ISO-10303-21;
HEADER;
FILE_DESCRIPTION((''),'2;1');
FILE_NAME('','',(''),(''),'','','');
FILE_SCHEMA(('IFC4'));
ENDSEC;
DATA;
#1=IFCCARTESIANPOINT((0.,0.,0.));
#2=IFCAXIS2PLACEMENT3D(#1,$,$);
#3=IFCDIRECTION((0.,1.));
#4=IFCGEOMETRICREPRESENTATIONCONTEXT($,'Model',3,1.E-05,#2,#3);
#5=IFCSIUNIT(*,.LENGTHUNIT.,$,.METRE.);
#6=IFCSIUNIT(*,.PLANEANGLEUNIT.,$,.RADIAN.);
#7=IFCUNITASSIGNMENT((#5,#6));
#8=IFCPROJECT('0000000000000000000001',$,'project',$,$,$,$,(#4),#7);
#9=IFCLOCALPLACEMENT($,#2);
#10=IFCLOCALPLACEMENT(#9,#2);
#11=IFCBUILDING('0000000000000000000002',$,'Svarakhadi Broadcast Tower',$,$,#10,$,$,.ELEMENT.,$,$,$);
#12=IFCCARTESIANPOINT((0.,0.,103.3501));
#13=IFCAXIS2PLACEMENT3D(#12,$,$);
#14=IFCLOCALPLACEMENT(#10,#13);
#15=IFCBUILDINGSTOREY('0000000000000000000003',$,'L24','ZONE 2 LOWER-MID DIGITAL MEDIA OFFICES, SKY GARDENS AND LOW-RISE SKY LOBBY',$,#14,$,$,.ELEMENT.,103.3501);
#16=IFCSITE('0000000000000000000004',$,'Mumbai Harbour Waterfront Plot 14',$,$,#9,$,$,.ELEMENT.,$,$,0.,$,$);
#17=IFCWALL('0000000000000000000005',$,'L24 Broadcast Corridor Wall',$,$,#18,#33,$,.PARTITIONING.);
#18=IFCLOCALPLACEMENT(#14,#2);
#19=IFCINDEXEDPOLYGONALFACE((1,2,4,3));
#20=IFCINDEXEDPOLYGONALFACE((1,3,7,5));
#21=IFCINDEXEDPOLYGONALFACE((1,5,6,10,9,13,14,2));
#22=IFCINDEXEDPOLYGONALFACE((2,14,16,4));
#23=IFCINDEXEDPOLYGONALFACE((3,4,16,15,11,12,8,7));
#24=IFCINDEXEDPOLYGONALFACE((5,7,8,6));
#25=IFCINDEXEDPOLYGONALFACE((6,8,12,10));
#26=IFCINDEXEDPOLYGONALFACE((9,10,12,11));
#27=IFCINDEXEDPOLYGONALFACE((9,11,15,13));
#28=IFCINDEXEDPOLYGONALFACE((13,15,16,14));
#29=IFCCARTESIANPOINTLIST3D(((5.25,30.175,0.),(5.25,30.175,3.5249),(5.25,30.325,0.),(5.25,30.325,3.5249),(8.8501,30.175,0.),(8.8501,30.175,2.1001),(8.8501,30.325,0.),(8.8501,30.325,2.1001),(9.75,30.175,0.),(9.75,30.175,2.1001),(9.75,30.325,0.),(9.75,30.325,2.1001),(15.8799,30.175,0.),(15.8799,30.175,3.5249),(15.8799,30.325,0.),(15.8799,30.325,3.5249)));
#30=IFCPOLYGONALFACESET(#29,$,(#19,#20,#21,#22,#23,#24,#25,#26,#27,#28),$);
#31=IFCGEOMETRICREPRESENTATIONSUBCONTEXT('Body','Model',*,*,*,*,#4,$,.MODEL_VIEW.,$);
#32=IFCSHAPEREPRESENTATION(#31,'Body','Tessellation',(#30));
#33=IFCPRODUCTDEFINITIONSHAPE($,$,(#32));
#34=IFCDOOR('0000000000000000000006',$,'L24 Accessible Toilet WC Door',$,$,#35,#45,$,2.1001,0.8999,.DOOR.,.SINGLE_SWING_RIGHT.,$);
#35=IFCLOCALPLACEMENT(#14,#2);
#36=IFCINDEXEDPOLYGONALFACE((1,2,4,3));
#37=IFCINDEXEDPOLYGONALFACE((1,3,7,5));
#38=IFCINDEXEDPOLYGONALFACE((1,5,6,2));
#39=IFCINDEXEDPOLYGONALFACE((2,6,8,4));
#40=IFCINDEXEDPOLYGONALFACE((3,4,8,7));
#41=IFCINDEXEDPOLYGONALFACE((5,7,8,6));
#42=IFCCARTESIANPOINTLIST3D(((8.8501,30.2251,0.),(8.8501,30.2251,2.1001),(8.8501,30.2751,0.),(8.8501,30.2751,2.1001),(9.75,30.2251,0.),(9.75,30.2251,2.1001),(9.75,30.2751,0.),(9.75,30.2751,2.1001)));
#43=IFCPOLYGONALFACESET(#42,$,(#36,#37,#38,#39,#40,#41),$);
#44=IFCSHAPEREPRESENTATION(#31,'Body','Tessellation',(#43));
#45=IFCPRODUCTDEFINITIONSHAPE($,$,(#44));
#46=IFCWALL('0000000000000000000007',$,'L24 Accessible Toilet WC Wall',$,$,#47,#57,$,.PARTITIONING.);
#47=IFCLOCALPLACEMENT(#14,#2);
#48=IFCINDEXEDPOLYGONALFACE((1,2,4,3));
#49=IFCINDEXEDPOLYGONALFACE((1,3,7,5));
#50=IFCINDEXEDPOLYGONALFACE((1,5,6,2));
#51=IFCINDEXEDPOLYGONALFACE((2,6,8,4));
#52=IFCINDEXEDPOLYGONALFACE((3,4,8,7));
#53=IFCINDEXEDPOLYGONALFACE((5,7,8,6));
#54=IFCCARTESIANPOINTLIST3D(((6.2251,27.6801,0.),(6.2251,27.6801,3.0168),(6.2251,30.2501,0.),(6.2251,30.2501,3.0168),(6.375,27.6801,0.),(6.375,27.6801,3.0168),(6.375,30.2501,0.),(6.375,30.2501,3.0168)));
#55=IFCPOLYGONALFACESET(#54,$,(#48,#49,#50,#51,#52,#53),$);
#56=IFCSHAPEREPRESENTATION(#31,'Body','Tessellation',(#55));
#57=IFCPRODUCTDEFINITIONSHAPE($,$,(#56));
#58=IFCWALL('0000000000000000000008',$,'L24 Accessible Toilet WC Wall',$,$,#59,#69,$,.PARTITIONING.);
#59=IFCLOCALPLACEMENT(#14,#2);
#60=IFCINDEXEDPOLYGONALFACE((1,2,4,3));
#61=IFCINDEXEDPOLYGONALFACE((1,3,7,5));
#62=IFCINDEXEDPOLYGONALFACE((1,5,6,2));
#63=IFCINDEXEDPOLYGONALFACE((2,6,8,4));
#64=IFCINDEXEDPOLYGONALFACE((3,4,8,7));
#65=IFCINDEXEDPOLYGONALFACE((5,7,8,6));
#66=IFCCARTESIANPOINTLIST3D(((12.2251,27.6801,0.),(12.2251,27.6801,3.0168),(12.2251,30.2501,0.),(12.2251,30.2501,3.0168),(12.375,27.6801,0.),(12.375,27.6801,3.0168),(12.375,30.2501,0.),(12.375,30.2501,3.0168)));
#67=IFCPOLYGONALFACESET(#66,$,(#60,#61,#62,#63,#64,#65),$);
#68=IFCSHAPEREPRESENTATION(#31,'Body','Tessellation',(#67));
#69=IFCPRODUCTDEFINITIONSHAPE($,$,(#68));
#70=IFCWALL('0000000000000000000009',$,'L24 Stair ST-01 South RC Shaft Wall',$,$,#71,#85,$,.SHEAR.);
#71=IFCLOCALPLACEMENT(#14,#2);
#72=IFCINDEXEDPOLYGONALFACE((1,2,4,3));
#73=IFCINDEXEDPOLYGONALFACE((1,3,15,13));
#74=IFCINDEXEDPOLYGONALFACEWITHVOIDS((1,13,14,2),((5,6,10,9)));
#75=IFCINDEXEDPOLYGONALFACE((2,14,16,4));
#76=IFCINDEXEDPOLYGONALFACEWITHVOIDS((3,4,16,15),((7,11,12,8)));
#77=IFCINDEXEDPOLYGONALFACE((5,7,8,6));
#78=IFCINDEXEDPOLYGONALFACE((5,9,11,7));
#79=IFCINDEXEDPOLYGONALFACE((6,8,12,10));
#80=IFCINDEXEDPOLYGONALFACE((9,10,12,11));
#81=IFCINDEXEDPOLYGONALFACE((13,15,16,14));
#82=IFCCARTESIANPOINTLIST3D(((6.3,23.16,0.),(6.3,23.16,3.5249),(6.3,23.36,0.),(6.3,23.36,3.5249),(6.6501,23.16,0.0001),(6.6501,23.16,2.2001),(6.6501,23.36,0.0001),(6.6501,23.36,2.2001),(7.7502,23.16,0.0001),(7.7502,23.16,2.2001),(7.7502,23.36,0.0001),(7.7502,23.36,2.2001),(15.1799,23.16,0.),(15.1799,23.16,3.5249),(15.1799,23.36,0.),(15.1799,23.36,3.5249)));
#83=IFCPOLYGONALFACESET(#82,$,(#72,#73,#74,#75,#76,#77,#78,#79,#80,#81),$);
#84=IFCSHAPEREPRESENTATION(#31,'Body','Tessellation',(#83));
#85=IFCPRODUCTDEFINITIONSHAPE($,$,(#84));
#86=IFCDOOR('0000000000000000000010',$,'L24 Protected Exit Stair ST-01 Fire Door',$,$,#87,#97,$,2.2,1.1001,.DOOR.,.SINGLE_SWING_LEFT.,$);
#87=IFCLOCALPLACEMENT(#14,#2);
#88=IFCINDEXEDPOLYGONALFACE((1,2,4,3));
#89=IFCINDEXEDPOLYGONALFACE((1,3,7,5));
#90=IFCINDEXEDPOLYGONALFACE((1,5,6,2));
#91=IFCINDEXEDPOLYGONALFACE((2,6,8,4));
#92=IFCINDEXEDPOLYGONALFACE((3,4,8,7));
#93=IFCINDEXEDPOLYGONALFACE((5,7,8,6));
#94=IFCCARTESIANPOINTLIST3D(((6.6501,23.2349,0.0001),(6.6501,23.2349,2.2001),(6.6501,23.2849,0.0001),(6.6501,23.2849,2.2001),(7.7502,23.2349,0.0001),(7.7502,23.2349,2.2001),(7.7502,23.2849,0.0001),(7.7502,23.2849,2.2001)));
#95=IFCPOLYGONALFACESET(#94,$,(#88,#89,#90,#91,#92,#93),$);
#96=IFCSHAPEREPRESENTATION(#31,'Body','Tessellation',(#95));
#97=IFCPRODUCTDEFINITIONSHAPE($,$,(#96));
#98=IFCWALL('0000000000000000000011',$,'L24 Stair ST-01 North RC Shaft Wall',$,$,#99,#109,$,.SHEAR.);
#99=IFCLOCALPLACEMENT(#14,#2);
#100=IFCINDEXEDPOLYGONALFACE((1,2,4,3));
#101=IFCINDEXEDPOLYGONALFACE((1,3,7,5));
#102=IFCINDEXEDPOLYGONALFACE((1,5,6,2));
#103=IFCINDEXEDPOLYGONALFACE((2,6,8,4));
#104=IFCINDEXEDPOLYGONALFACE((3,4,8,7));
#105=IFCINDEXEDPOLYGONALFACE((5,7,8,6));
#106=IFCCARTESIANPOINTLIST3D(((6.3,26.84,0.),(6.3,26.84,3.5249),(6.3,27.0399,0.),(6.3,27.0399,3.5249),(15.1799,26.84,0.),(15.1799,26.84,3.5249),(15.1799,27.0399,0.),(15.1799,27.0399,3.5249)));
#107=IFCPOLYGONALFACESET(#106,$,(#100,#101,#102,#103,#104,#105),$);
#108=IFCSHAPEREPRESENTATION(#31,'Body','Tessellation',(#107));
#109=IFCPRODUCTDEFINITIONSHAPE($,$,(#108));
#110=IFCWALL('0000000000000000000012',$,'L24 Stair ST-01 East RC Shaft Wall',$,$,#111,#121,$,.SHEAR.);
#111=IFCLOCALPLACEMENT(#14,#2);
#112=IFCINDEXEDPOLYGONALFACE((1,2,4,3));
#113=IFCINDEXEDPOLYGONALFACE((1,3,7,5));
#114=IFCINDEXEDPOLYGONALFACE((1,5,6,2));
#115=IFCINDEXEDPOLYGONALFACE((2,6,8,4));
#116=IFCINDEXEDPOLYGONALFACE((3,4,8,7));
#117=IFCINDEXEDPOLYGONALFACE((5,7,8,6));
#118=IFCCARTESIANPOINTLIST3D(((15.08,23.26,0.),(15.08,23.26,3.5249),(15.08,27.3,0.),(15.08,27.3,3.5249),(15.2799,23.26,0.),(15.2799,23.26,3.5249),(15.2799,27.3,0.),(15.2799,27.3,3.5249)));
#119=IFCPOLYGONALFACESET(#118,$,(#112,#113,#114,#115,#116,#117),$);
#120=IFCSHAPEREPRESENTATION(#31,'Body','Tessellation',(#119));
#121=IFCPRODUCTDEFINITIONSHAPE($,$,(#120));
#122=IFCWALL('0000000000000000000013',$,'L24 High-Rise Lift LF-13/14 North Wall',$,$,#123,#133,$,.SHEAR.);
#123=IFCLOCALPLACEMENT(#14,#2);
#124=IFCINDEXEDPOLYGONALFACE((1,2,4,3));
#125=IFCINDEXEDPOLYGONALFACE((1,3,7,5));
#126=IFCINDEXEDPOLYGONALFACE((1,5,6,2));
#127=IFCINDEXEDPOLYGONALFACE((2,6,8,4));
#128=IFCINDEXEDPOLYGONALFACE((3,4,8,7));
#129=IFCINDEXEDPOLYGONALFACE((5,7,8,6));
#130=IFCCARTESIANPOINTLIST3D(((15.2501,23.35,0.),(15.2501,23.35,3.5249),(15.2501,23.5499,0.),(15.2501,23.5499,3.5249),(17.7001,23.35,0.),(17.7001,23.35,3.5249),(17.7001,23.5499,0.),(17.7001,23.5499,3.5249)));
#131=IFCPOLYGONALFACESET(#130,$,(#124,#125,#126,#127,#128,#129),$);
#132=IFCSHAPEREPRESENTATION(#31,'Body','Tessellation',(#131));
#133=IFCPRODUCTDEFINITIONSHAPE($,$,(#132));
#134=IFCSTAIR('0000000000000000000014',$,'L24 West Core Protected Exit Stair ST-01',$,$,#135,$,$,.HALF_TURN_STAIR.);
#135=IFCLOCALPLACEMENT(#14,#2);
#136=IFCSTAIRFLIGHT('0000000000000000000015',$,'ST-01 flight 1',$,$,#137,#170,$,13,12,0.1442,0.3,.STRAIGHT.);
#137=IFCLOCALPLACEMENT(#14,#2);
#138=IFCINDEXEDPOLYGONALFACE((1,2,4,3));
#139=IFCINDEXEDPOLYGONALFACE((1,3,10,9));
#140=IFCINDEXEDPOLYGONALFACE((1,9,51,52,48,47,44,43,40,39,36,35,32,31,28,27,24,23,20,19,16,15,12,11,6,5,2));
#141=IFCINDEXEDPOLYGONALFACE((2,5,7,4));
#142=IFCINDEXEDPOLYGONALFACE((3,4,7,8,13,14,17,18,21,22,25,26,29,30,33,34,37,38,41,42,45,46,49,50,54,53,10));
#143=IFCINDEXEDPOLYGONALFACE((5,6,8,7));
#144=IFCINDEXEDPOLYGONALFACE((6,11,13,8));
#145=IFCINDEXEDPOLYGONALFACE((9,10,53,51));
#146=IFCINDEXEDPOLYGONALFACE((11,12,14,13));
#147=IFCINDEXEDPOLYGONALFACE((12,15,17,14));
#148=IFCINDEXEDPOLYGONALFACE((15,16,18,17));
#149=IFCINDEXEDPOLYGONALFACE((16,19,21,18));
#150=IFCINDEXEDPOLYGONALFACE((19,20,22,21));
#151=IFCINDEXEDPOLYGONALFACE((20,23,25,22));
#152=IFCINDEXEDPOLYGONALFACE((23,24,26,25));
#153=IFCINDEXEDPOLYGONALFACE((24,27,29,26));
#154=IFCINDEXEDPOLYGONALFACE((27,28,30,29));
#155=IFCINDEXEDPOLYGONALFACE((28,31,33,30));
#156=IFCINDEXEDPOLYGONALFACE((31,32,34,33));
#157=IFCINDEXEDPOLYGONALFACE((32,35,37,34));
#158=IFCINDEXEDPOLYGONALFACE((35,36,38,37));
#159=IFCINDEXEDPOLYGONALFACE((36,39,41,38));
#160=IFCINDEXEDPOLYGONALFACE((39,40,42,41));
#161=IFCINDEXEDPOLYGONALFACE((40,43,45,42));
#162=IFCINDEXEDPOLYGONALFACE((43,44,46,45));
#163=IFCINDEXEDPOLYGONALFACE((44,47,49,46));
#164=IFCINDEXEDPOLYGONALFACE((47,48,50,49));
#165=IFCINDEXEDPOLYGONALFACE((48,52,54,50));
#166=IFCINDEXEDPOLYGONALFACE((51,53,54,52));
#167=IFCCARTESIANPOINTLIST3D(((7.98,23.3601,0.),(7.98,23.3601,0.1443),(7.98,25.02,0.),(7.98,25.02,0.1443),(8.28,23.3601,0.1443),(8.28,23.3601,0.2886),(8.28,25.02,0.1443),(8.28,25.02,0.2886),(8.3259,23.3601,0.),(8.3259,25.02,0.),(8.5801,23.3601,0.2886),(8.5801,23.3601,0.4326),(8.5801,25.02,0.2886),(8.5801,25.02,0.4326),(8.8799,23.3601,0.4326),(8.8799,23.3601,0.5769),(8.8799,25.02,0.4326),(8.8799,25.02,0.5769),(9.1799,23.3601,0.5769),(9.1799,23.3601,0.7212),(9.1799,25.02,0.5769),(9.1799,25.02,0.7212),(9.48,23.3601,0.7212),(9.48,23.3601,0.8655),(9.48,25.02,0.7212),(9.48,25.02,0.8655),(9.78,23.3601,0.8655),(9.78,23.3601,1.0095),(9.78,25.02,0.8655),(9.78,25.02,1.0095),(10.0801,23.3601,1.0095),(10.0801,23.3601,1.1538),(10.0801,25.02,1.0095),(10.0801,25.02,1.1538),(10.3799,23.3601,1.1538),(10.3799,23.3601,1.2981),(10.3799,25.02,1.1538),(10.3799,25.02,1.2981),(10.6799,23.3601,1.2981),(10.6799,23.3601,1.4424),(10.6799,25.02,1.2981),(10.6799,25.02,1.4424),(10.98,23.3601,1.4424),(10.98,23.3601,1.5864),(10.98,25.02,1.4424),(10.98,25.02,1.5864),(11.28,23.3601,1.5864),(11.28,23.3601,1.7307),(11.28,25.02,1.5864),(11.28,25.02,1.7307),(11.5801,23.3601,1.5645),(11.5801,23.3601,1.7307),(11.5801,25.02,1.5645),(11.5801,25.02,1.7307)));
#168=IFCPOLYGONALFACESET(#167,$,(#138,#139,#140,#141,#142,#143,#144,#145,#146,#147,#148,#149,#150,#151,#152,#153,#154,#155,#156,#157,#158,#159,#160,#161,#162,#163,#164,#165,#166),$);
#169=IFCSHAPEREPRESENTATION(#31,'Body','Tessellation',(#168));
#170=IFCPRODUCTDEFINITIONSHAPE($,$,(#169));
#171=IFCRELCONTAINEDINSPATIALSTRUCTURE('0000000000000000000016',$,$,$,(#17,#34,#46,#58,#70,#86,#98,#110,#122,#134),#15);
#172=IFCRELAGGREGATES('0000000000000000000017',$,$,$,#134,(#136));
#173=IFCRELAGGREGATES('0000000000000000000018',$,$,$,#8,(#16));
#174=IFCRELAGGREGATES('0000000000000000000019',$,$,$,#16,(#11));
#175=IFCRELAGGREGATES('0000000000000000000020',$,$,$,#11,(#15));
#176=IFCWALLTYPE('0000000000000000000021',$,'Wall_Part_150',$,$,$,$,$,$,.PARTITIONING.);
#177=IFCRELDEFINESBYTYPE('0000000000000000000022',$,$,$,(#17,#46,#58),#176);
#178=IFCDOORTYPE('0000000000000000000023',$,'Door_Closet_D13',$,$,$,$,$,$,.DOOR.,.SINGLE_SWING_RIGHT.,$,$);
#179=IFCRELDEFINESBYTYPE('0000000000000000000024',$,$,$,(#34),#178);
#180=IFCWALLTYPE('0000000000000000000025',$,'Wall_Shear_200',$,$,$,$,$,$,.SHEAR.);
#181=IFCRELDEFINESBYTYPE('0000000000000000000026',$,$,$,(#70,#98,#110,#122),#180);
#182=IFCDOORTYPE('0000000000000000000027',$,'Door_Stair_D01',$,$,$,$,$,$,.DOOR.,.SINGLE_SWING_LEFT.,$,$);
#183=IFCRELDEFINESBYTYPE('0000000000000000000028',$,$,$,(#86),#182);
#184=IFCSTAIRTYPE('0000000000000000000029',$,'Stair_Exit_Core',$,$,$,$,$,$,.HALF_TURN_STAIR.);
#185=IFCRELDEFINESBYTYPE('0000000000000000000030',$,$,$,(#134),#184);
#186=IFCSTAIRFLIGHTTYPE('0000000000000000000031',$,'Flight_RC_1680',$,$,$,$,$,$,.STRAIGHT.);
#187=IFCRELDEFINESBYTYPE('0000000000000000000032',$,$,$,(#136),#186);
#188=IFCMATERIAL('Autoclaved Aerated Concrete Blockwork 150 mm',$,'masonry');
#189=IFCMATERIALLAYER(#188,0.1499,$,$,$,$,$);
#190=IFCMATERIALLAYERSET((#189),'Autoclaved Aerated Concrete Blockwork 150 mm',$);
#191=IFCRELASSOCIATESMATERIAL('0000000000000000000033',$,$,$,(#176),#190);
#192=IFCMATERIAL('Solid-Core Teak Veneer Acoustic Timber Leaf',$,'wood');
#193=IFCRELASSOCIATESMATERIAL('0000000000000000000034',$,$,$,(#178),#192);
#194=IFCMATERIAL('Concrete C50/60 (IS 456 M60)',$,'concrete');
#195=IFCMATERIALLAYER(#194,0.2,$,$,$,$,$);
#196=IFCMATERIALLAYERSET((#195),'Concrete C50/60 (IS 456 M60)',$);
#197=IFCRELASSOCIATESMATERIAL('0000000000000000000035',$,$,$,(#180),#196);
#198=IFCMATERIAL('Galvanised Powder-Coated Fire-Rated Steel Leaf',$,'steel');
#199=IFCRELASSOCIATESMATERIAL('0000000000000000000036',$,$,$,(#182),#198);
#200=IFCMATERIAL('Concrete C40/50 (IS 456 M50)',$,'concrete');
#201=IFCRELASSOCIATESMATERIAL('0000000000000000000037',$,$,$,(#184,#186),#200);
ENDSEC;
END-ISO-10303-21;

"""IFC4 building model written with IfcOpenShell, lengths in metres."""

from ifc_helpers import new_model, si_unit, direction, frame, frame_2d, origin, place, context, subcontext, project, spatial, polyline, rectangle, outline, extrude, material, layer, layer_set, type_object, element, fill, aggregate, save


model = new_model("IFC4")

# Units and contexts
model_context = context("Model", 3, precision=1e-05, world=origin(), true_north=direction((0.0, 1.0)))
body_context = subcontext(model_context, "Body", "Model", "MODEL_VIEW")
ifc_project = project(units=[si_unit("LENGTHUNIT", "METRE"), si_unit("PLANEANGLEUNIT", "RADIAN")], contexts=[model_context])

# Site, building, storey
site_placement = place(None, origin())
site = spatial("IfcSite", under=ifc_project, at=site_placement, Name="Mumbai Harbour Waterfront Plot 14", CompositionType="ELEMENT", RefElevation=0.0)
building_placement = place(site_placement, origin())
building = spatial("IfcBuilding", under=site, at=building_placement, Name="Svarakhadi Broadcast Tower", CompositionType="ELEMENT")
storey_placement = place(building_placement, frame((0.0, 0.0, 103.3501)))
storey = spatial("IfcBuildingStorey", under=building, at=storey_placement, Name="L24", Description="ZONE 2 LOWER-MID DIGITAL MEDIA OFFICES, SKY GARDENS AND LOW-RISE SKY LOBBY", CompositionType="ELEMENT", Elevation=103.3501)

# Shared definitions
ifc_material_1 = material(Name="Concrete C50/60 (IS 456 M60)", Category="concrete")

# Shared definitions
ifc_material_2 = material(Name="Concrete C40/50 (IS 456 M50)", Category="concrete")
ifc_material_3 = material(Name="Autoclaved Aerated Concrete Blockwork 150 mm", Category="masonry")
ifc_layer_1 = layer(ifc_material_3, 0.1499)
ifc_layer_set_1 = layer_set([ifc_layer_1], Name="Autoclaved Aerated Concrete Blockwork 150 mm")
wall_type_1 = type_object("IfcWallType", Name="Wall_Part_150", PredefinedType="PARTITIONING", material=ifc_layer_set_1)

# Wall, opening, door
wall_1_placement = place(storey_placement, frame((15.8799, 30.25, 0.0), z_axis=(0.0, 0.0, 1.0), x_axis=(-1.0, 0.0, 0.0)))
wall_1 = element("IfcWall", 1, at=wall_1_placement, inside=storey, type_object=wall_type_1, Name="L24 Broadcast Corridor Wall", PredefinedType="PARTITIONING", context=body_context, shape_type="SweptSolid", body=[
    extrude(rectangle(XDim=10.6299, YDim=0.1499, at=frame_2d((5.3149, 0.0))), origin(), (0.0, 0.0, 1.0), 3.5249),
])
opening_1_placement = place(wall_1_placement, frame((6.1299, 0.0, 0.0)))
opening_1 = element("IfcOpeningElement", 2, at=opening_1_placement, cuts=wall_1, PredefinedType="OPENING", context=body_context, shape_type="SweptSolid", body=[
    extrude(rectangle(XDim=0.8999, YDim=2.1001, at=frame_2d((0.45, 1.05))), frame((0.0, 0.085, 0.0), z_axis=(0.0, -1.0, 0.0), x_axis=(1.0, 0.0, 0.0)), (0.0, 0.0, 1.0), 0.1699),
])
ifc_material_4 = material(Name="Solid-Core Teak Veneer Acoustic Timber Leaf", Category="wood")
door_type_1 = type_object("IfcDoorType", Name="Door_Closet_D13", OperationType="SINGLE_SWING_RIGHT", PredefinedType="DOOR", material=ifc_material_4)
door_1_placement = place(opening_1_placement, origin())
door_1 = element("IfcDoor", 3, at=door_1_placement, inside=storey, type_object=door_type_1, Name="L24 Accessible Toilet WC Door", OperationType="SINGLE_SWING_RIGHT", OverallHeight=2.1001, OverallWidth=0.8999, PredefinedType="DOOR", context=body_context, shape_type="SweptSolid", body=[
    extrude(rectangle(XDim=0.8999, YDim=2.1001, at=frame_2d((0.45, 1.05))), frame((0.0, 0.0249, 0.0), z_axis=(0.0, -1.0, 0.0), x_axis=(1.0, 0.0, 0.0)), (0.0, 0.0, 1.0), 0.05),
])
fill(opening_1, door_1)

# Walls
for number, where, z_axis, x_axis, name in (
    (4, (6.3, 27.6799, 0.0), (0.0, 0.0, 1.0), (0.0, 1.0, 0.0), "L24 Accessible Toilet WC Wall"),
    (5, (12.3, 27.6799, 0.0), (0.0, 0.0, 1.0), (0.0, 1.0, 0.0), "L24 Accessible Toilet WC Wall"),
):
    element("IfcWall", number, at=place(storey_placement, frame(where, z_axis=z_axis, x_axis=x_axis)), inside=storey, type_object=wall_type_1, Name=name, PredefinedType="PARTITIONING", context=body_context, shape_type="SweptSolid", body=[
        extrude(rectangle(XDim=2.5701, YDim=0.1499, at=frame_2d((1.2852, 0.0))), origin(), (0.0, 0.0, 1.0), 3.0168),
    ])

# Wall, opening, door
ifc_layer_2 = layer(ifc_material_1, 0.2)
ifc_layer_set_2 = layer_set([ifc_layer_2], Name="Concrete C50/60 (IS 456 M60)")
wall_type_2 = type_object("IfcWallType", Name="Wall_Shear_200", PredefinedType="SHEAR", material=ifc_layer_set_2)
wall_2_placement = place(storey_placement, frame((6.3, 23.26, 0.0), z_axis=(0.0, 0.0, 1.0), x_axis=(1.0, 0.0, 0.0)))
wall_2 = element("IfcWall", 6, at=wall_2_placement, inside=storey, type_object=wall_type_2, Name="L24 Stair ST-01 South RC Shaft Wall", PredefinedType="SHEAR", context=body_context, shape_type="SweptSolid", body=[
    extrude(rectangle(XDim=8.8799, YDim=0.2, at=frame_2d((4.4399, 0.0))), origin(), (0.0, 0.0, 1.0), 3.5249),
])
opening_2_placement = place(wall_2_placement, frame((0.3501, 0.0, 0.0)))
opening_2 = element("IfcOpeningElement", 7, at=opening_2_placement, cuts=wall_2, PredefinedType="OPENING", context=body_context, shape_type="SweptSolid", body=[
    extrude(rectangle(XDim=1.1001, YDim=2.2, at=frame_2d((0.55, 1.1001))), frame((0.0, 0.1099, 0.0), z_axis=(0.0, -1.0, 0.0), x_axis=(1.0, 0.0, 0.0)), (0.0, 0.0, 1.0), 0.22),
])
ifc_material_5 = material(Name="Galvanised Powder-Coated Fire-Rated Steel Leaf", Category="steel")
door_type_2 = type_object("IfcDoorType", Name="Door_Stair_D01", OperationType="SINGLE_SWING_LEFT", PredefinedType="DOOR", material=ifc_material_5)
door_2_placement = place(opening_2_placement, origin())
door_2 = element("IfcDoor", 8, at=door_2_placement, inside=storey, type_object=door_type_2, Name="L24 Protected Exit Stair ST-01 Fire Door", OperationType="SINGLE_SWING_LEFT", OverallHeight=2.2, OverallWidth=1.1001, PredefinedType="DOOR", context=body_context, shape_type="SweptSolid", body=[
    extrude(rectangle(XDim=1.1001, YDim=2.2, at=frame_2d((0.55, 1.1001))), frame((0.0, 0.0249, 0.0), z_axis=(0.0, -1.0, 0.0), x_axis=(1.0, 0.0, 0.0)), (0.0, 0.0, 1.0), 0.05),
])
fill(opening_2, door_2)

# Walls
wall_3_placement = place(storey_placement, frame((6.3, 26.9399, 0.0), z_axis=(0.0, 0.0, 1.0), x_axis=(1.0, 0.0, 0.0)))
element("IfcWall", 9, at=wall_3_placement, inside=storey, type_object=wall_type_2, Name="L24 Stair ST-01 North RC Shaft Wall", PredefinedType="SHEAR", context=body_context, shape_type="SweptSolid", body=[
    extrude(rectangle(XDim=8.8799, YDim=0.2, at=frame_2d((4.4399, 0.0))), origin(), (0.0, 0.0, 1.0), 3.5249),
])
wall_4_placement = place(storey_placement, frame((15.1799, 23.26, 0.0), z_axis=(0.0, 0.0, 1.0), x_axis=(0.0, 1.0, 0.0)))
element("IfcWall", 10, at=wall_4_placement, inside=storey, type_object=wall_type_2, Name="L24 Stair ST-01 East RC Shaft Wall", PredefinedType="SHEAR", context=body_context, shape_type="SweptSolid", body=[
    extrude(rectangle(XDim=4.04, YDim=0.2, at=frame_2d((2.02, 0.0))), origin(), (0.0, 0.0, 1.0), 3.5249),
])
wall_5_placement = place(storey_placement, frame((15.25, 23.45, 0.0), z_axis=(0.0, 0.0, 1.0), x_axis=(1.0, 0.0, 0.0)))
element("IfcWall", 11, at=wall_5_placement, inside=storey, type_object=wall_type_2, Name="L24 High-Rise Lift LF-13/14 North Wall", PredefinedType="SHEAR", context=body_context, shape_type="SweptSolid", body=[
    extrude(rectangle(XDim=2.45, YDim=0.2, at=frame_2d((1.2251, 0.0))), origin(), (0.0, 0.0, 1.0), 3.5249),
])

# Stair, stair flight
stair_type = type_object("IfcStairType", Name="Stair_Exit_Core", PredefinedType="HALF_TURN_STAIR", material=ifc_material_2)
stair_placement = place(storey_placement, origin())
stair = element("IfcStair", 12, at=stair_placement, inside=storey, type_object=stair_type, Name="L24 West Core Protected Exit Stair ST-01", PredefinedType="HALF_TURN_STAIR")
stair_flight_type = type_object("IfcStairFlightType", Name="Flight_RC_1680", PredefinedType="STRAIGHT", material=ifc_material_2)
stair_flight_1_placement = place(storey_placement, frame((7.98, 24.1899, 0.0), z_axis=(0.0, 0.0, 1.0), x_axis=(1.0, 0.0, 0.0)))
stair_flight_1 = element("IfcStairFlight", 13, at=stair_flight_1_placement, type_object=stair_flight_type, Name="ST-01 flight 1", NumberOfRisers=13, NumberOfTreads=12, PredefinedType="STRAIGHT", RiserHeight=0.1442, TreadLength=0.3, context=body_context, shape_type="SweptSolid", body=[
    extrude(outline(polyline([(0.0, 0.0), (0.0, 0.1443), (0.3, 0.1443), (0.3, 0.2886), (0.6001, 0.2886), (0.6001, 0.4326), (0.8999, 0.4326), (0.8999, 0.5769), (1.2, 0.5769), (1.2, 0.7212), (1.5, 0.7212), (1.5, 0.8655), (1.8, 0.8655), (1.8, 1.0095), (2.1001, 1.0095), (2.1001, 1.1538), (2.3999, 1.1538), (2.3999, 1.2981), (2.7, 1.2981), (2.7, 1.4424), (3.0, 1.4424), (3.0, 1.5864), (3.3, 1.5864), (3.3, 1.7307), (3.6001, 1.7307), (3.6001, 1.875), (3.6001, 1.5645), (0.3459, 0.0), (0.0, 0.0)])), frame((0.0, 0.8301, 0.0), z_axis=(0.0, -1.0, 0.0), x_axis=(1.0, 0.0, 0.0)), (0.0, 0.0, 1.0), 1.6599),
])
aggregate(stair, [stair_flight_1])

save(model, "model.ifc")
